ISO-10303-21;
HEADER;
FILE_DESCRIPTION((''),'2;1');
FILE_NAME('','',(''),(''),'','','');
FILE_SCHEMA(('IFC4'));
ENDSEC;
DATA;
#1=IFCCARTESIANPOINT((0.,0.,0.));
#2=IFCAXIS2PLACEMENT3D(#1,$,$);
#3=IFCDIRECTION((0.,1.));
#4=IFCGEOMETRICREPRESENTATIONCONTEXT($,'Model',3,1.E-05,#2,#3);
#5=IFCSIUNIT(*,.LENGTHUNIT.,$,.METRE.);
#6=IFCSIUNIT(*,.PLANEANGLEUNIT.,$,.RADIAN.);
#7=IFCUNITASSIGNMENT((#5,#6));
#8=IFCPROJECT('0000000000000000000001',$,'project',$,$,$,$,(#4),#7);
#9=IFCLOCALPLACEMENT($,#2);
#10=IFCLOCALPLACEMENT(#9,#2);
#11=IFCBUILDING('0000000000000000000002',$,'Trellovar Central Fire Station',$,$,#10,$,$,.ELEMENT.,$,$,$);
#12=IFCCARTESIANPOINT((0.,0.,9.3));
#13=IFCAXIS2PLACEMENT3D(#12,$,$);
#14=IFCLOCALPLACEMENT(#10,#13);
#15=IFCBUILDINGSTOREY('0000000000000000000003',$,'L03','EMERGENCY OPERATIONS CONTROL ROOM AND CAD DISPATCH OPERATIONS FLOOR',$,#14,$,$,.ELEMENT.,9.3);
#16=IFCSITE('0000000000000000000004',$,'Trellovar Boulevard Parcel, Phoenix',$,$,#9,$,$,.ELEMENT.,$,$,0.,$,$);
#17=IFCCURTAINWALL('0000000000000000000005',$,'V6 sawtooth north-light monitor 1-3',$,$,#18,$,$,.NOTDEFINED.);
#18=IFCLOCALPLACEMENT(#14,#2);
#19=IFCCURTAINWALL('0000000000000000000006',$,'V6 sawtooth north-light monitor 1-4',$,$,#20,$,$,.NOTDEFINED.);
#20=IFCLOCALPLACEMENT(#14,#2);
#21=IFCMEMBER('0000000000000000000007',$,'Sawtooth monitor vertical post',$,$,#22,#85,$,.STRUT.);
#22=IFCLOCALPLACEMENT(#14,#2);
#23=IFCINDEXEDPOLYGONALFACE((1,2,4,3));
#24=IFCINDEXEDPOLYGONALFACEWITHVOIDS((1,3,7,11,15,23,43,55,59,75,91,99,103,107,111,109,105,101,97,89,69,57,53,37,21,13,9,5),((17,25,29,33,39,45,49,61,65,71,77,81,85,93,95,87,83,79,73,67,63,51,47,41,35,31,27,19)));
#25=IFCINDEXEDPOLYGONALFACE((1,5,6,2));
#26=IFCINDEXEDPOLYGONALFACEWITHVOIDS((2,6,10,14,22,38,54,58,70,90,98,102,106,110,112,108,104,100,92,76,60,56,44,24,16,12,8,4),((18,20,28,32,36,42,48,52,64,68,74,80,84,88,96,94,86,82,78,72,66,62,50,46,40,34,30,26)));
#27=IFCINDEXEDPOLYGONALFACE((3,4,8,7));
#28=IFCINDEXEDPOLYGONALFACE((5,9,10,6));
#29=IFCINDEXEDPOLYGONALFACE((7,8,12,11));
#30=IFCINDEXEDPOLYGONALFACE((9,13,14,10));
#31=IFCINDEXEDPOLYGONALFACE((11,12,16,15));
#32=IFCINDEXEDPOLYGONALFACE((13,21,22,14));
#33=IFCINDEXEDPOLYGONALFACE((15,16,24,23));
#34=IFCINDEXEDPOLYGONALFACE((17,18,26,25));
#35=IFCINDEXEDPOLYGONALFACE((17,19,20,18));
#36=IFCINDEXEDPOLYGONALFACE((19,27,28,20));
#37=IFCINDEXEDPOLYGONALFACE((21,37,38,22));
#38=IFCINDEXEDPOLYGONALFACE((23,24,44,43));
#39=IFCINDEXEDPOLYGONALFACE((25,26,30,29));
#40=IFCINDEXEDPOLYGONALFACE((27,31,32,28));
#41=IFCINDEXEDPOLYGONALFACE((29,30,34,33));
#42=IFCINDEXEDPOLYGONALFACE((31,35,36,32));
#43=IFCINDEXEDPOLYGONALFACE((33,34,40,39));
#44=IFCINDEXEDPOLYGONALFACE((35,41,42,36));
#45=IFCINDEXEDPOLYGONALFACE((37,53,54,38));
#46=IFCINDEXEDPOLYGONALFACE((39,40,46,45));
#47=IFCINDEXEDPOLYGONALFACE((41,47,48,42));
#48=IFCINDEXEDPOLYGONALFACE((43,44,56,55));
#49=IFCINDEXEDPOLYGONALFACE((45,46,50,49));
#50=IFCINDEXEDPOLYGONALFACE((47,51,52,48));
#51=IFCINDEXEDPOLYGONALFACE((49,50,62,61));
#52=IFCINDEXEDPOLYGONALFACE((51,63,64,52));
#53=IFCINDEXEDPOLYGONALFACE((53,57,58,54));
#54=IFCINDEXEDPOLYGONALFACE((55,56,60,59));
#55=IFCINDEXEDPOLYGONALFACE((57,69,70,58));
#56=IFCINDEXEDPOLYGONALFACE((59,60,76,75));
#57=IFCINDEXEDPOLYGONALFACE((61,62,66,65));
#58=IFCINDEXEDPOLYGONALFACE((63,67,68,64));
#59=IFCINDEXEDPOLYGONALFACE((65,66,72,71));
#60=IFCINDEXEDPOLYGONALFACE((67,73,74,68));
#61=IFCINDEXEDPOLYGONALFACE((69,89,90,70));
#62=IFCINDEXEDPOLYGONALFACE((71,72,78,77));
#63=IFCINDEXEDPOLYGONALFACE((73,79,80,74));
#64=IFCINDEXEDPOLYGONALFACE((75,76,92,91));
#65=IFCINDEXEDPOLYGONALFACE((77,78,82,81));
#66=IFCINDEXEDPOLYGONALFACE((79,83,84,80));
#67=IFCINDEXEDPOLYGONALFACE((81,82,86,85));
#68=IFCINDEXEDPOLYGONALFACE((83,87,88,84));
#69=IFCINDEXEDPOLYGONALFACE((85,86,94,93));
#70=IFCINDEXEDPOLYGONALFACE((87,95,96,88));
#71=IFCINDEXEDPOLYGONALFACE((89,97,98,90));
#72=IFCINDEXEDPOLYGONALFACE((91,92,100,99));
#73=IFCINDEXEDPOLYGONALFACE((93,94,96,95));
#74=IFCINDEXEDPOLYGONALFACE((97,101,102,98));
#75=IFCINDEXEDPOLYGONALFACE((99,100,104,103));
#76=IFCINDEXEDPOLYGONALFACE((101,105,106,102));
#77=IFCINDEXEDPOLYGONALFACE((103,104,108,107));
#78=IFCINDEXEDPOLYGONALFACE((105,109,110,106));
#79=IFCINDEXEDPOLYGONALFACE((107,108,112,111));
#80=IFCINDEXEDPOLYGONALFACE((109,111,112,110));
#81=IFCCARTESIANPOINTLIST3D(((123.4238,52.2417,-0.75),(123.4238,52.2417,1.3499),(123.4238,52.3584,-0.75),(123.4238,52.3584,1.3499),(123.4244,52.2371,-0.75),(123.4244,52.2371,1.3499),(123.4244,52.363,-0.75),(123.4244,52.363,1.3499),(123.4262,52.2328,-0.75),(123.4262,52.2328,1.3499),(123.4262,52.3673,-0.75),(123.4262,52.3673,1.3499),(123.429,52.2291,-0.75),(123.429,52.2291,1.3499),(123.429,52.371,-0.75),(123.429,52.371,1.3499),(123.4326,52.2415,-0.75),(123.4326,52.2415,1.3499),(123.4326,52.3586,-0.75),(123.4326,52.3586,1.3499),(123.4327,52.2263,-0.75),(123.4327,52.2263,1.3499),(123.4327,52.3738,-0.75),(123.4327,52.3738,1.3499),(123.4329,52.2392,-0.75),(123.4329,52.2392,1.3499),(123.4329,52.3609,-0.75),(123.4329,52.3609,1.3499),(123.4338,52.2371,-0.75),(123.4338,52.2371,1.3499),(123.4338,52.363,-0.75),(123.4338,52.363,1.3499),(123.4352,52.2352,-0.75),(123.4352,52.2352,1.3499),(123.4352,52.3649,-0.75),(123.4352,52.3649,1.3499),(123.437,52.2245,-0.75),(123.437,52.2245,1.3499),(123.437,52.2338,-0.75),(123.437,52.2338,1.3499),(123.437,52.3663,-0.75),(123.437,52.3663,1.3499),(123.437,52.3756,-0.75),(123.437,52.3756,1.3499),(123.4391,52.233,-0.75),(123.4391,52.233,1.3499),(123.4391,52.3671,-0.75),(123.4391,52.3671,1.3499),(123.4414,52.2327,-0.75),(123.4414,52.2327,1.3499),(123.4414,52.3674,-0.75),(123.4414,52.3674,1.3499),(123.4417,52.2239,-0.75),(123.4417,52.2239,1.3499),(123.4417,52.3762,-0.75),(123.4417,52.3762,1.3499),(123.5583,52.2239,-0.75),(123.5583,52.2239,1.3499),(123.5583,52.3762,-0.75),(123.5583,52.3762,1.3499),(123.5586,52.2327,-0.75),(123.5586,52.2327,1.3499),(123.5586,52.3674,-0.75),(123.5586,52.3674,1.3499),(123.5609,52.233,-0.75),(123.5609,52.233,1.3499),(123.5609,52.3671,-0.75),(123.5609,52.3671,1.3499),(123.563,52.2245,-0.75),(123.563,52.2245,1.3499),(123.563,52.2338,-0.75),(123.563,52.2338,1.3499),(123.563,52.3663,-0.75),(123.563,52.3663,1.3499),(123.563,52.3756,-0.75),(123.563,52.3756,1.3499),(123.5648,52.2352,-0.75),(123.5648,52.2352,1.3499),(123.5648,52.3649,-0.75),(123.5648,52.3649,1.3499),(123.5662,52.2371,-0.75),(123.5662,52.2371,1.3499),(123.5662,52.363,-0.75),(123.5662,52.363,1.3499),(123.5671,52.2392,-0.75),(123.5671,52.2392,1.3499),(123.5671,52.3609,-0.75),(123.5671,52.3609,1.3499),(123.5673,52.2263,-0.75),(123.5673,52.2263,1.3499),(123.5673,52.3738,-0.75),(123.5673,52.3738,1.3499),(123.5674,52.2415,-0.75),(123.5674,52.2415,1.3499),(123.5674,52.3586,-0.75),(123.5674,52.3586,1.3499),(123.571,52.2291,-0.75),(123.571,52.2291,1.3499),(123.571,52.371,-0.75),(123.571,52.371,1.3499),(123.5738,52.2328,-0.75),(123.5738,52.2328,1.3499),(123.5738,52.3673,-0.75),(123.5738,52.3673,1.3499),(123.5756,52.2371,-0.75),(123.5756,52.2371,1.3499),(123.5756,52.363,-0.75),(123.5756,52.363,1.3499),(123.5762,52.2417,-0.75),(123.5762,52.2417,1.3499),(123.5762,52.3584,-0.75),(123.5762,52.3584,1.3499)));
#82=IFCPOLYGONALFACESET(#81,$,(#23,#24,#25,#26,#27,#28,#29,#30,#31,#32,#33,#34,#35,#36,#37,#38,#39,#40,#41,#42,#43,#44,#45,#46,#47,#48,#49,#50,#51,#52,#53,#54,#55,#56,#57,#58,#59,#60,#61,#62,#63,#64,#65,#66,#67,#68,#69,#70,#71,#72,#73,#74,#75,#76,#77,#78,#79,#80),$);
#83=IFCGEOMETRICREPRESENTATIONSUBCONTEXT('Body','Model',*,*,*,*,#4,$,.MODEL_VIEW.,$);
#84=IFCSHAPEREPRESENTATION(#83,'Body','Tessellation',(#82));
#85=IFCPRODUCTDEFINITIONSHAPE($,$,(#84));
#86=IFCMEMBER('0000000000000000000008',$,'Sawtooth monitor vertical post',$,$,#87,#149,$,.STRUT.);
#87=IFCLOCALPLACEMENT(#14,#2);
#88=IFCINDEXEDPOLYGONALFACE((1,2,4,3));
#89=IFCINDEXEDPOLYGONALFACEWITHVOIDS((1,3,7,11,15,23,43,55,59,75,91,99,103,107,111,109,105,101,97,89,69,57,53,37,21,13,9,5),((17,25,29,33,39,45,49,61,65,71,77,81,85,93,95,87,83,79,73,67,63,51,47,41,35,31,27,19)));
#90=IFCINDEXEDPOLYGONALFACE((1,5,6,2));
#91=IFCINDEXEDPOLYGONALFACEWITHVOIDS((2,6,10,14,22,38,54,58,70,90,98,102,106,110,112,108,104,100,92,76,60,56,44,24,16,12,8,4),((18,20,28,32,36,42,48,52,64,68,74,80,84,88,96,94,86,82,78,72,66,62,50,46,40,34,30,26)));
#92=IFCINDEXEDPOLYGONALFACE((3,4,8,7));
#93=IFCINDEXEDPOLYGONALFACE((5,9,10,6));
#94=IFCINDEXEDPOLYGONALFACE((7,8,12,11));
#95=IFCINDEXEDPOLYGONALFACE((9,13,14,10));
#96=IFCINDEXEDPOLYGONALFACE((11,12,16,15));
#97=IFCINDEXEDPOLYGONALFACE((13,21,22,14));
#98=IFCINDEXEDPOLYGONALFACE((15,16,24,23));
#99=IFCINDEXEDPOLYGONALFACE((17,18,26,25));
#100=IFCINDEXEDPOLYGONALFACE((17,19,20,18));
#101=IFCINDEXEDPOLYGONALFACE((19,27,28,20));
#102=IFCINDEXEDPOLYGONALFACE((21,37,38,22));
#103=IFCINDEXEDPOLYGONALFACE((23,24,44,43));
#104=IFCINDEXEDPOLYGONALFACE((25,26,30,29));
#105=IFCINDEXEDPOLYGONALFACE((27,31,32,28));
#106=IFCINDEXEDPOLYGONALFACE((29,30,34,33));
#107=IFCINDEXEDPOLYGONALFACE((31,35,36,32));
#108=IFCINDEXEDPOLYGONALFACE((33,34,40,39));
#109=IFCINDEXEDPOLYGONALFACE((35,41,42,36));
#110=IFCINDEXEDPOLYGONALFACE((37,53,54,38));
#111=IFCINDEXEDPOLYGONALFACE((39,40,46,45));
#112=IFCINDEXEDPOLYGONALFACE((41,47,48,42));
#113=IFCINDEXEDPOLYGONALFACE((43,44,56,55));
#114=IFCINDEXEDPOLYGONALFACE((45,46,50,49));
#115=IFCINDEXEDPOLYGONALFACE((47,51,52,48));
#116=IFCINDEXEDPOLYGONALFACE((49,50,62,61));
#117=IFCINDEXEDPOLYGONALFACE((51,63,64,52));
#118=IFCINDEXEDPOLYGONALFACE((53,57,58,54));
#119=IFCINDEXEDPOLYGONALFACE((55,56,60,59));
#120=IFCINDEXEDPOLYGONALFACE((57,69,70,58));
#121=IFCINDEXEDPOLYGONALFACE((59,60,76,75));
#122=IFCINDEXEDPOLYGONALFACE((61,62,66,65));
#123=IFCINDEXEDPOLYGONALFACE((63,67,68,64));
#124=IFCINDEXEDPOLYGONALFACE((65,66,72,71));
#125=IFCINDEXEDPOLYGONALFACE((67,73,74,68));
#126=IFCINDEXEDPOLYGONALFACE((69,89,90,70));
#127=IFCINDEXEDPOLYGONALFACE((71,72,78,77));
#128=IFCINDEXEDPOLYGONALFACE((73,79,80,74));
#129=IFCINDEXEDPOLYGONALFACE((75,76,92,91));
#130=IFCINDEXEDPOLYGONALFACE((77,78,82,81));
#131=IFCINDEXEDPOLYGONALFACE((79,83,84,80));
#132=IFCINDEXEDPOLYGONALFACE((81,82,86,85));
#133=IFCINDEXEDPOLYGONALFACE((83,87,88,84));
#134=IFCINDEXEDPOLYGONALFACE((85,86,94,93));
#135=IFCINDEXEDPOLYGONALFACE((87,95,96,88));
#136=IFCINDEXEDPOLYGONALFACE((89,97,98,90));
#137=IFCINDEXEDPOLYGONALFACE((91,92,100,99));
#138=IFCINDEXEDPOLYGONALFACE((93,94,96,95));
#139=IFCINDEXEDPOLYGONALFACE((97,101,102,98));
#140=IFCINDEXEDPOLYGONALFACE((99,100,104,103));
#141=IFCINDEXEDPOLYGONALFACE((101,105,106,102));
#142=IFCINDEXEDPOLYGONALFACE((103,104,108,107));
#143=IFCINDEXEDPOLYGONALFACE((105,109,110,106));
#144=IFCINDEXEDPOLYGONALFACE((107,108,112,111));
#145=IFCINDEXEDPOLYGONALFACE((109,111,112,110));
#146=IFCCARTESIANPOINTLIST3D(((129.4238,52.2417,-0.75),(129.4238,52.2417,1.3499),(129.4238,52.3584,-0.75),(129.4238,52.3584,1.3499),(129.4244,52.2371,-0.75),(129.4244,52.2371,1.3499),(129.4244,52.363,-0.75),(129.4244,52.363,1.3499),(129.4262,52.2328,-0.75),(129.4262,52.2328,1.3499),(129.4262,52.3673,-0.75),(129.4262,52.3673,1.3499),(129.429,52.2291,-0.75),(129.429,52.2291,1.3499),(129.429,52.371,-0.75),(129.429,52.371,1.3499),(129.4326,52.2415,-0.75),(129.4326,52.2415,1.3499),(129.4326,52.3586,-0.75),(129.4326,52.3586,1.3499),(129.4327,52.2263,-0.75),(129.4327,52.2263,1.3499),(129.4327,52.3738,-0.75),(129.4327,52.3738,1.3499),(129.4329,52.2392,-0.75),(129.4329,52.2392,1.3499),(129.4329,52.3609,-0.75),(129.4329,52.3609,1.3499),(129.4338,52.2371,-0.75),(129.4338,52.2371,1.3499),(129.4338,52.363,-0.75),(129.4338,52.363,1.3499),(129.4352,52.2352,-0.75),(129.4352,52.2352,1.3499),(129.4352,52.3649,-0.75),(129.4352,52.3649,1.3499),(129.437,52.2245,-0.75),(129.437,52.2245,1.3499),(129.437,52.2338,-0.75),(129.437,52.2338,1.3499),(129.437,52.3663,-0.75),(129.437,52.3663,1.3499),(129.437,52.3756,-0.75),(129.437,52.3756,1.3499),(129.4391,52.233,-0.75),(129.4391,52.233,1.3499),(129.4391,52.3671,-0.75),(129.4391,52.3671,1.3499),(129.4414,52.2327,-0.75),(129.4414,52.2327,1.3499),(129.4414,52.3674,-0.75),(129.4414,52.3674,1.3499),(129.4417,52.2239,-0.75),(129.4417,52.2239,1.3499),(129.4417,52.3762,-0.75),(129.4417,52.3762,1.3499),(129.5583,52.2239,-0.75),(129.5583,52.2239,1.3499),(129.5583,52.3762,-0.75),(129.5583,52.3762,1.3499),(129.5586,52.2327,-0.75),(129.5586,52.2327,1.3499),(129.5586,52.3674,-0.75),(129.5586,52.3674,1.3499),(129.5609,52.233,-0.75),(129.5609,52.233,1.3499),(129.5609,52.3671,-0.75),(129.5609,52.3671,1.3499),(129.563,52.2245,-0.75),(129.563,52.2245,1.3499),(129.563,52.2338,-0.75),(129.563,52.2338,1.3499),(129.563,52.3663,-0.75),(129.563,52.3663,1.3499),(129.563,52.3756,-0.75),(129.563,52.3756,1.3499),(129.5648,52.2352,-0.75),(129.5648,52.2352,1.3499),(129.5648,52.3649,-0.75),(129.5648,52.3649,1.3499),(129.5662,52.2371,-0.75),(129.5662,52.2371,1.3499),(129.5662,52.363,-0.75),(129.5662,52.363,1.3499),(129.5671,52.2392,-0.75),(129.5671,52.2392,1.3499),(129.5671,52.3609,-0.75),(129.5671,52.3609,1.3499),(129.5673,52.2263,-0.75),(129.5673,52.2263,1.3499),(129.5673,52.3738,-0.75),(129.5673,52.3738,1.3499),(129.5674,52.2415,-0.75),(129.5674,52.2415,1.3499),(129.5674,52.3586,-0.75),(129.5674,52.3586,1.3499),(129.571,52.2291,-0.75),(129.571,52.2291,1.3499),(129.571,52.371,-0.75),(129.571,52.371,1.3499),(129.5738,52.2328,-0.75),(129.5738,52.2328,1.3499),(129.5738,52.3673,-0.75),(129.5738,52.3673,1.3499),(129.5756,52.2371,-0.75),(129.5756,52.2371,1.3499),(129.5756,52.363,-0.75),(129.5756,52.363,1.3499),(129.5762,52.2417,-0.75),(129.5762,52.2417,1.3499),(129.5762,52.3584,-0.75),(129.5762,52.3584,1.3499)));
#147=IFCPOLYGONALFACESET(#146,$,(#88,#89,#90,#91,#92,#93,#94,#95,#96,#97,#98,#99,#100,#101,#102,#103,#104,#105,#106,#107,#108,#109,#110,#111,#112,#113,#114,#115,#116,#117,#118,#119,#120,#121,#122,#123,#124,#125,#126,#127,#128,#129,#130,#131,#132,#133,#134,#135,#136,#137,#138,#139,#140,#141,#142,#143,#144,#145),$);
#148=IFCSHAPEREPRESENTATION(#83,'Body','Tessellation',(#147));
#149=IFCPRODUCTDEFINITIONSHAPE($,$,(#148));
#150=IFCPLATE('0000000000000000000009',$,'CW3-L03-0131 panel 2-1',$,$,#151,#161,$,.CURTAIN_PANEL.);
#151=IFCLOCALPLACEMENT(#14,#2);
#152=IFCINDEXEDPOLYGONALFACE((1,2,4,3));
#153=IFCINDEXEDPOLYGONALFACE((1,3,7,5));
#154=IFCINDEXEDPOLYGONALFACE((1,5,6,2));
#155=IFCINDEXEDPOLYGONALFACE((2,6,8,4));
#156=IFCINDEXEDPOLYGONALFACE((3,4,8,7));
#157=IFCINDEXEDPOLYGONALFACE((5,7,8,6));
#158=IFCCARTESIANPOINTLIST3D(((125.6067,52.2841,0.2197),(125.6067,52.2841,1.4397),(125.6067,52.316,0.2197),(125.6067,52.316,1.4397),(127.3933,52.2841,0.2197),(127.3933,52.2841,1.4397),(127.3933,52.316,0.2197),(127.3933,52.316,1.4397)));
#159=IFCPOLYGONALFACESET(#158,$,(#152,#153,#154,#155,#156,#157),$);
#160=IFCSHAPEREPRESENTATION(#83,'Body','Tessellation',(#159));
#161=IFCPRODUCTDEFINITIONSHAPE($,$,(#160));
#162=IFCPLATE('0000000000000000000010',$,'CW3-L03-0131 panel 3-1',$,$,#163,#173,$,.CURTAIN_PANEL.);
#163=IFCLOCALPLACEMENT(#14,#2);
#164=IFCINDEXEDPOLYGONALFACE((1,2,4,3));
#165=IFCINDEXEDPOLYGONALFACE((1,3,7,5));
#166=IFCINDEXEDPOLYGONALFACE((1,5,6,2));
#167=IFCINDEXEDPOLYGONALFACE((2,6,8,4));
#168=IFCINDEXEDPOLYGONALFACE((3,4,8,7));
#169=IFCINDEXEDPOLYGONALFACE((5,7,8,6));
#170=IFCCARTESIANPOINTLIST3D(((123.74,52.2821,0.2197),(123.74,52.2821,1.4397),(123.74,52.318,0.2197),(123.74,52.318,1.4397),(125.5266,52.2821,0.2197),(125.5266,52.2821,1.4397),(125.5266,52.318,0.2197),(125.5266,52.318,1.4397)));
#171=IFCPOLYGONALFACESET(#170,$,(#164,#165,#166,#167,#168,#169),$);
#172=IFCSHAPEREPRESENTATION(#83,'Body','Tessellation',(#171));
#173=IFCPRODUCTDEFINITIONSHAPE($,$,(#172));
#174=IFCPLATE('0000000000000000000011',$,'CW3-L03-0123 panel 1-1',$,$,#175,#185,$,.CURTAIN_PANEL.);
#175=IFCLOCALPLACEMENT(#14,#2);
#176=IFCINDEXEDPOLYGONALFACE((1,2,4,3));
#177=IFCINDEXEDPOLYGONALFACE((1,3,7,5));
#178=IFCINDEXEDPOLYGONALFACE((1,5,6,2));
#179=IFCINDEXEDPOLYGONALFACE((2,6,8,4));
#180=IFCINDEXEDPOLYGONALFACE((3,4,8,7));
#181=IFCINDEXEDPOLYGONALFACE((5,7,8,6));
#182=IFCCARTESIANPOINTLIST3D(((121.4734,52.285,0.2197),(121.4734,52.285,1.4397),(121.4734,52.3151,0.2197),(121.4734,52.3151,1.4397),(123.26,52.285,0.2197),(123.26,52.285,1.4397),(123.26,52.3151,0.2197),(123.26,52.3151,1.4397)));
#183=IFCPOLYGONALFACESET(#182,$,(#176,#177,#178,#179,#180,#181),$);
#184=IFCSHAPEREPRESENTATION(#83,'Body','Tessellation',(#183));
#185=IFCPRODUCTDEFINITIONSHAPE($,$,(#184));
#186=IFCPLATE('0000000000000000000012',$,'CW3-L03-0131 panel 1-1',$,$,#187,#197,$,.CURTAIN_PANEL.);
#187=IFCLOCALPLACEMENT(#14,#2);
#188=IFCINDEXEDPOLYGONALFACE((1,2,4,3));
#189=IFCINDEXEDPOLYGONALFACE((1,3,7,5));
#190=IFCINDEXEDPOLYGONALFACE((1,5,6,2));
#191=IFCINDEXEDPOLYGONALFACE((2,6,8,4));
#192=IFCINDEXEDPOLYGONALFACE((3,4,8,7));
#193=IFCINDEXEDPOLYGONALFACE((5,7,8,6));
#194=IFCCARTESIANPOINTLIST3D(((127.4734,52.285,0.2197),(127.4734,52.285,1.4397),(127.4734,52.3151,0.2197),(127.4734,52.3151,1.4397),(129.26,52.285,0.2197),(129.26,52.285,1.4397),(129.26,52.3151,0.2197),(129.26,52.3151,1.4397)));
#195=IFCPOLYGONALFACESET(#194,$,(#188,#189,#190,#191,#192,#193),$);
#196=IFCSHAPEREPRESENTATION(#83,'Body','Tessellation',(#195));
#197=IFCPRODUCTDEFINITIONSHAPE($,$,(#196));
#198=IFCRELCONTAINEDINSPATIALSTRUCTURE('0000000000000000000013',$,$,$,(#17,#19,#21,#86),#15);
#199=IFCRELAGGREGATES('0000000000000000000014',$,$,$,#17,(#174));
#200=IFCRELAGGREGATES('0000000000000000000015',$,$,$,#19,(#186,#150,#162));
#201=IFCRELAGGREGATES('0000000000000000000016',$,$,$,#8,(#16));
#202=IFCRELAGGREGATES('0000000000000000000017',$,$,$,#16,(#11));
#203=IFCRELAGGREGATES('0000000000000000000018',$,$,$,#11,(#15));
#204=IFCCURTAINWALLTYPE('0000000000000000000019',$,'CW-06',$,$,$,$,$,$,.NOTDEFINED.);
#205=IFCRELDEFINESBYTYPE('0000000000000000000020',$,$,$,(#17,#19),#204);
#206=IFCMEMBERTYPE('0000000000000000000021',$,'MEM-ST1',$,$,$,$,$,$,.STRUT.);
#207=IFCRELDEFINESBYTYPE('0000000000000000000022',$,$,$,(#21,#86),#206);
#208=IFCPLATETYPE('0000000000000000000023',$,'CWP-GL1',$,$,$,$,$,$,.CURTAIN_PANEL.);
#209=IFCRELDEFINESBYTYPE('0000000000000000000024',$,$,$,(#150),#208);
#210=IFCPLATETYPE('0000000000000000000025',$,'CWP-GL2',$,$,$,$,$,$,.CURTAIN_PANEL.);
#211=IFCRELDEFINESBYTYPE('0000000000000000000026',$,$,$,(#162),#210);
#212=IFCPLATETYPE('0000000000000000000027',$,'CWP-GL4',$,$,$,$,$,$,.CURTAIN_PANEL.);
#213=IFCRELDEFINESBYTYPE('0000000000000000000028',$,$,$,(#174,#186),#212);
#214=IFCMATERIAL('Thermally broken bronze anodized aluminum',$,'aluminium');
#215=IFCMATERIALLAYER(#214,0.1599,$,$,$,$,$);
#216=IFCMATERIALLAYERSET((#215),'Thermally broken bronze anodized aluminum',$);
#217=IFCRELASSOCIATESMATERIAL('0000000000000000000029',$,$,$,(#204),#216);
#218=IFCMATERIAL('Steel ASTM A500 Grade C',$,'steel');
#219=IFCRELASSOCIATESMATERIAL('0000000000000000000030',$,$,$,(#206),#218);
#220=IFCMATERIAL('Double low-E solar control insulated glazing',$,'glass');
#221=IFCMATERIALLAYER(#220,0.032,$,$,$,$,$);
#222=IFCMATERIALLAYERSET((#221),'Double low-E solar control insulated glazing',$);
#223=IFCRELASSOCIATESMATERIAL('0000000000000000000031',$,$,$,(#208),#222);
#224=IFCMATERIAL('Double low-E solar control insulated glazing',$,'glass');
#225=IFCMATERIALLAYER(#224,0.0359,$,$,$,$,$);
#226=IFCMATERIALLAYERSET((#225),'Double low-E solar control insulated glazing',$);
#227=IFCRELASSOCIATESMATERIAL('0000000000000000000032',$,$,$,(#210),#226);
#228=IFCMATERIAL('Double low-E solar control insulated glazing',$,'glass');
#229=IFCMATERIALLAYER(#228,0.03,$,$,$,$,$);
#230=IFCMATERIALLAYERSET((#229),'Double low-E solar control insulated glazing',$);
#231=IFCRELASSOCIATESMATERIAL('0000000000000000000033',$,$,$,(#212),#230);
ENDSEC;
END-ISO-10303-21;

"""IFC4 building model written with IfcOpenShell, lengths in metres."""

from ifc_helpers import new_model, si_unit, direction, frame, origin, origin_2d, place, context, subcontext, project, spatial, rectangle, hollow_rectangle, extrude, material, layer, layer_set, material_profile, profile_set, type_object, element, aggregate, save


model = new_model("IFC4")

# Units and contexts
model_context = context("Model", 3, precision=1e-05, world=origin(), true_north=direction((0.0, 1.0)))
body_context = subcontext(model_context, "Body", "Model", "MODEL_VIEW")
ifc_project = project(units=[si_unit("LENGTHUNIT", "METRE"), si_unit("PLANEANGLEUNIT", "RADIAN")], contexts=[model_context])

# Site, building, storey
site_placement = place(None, origin())
site = spatial("IfcSite", under=ifc_project, at=site_placement, Name="Trellovar Boulevard Parcel, Phoenix", CompositionType="ELEMENT", RefElevation=0.0)
building_placement = place(site_placement, origin())
building = spatial("IfcBuilding", under=site, at=building_placement, Name="Trellovar Central Fire Station", CompositionType="ELEMENT")
storey_placement = place(building_placement, frame((0.0, 0.0, 9.3)))
storey = spatial("IfcBuildingStorey", under=building, at=storey_placement, Name="L03", Description="EMERGENCY OPERATIONS CONTROL ROOM AND CAD DISPATCH OPERATIONS FLOOR", CompositionType="ELEMENT", Elevation=9.3)

# Curtain wall
ifc_material_1 = material(Name="Thermally broken bronze anodized aluminum", Category="aluminium")
ifc_layer_1 = layer(ifc_material_1, 0.1599)
ifc_layer_set_1 = layer_set([ifc_layer_1], Name="Thermally broken bronze anodized aluminum")
curtain_wall_type = type_object("IfcCurtainWallType", Name="CW-06", PredefinedType="NOTDEFINED", material=ifc_layer_set_1)
curtain_wall_1_placement = place(storey_placement, origin())
curtain_wall_1 = element("IfcCurtainWall", 1, at=curtain_wall_1_placement, inside=storey, type_object=curtain_wall_type, Name="V6 sawtooth north-light monitor 1-3", PredefinedType="NOTDEFINED")

# Curtain wall
curtain_wall_2_placement = place(storey_placement, origin())
curtain_wall_2 = element("IfcCurtainWall", 2, at=curtain_wall_2_placement, inside=storey, type_object=curtain_wall_type, Name="V6 sawtooth north-light monitor 1-4", PredefinedType="NOTDEFINED")

# Members
ifc_material_2 = material(Name="Steel ASTM A500 Grade C", Category="steel")
ifc_material_profile_1 = material_profile(ifc_material_2, hollow_rectangle(XDim=0.1523, YDim=0.1523, WallThickness=0.0088, InnerFilletRadius=0.0088, OuterFilletRadius=0.0178, at=origin_2d()), Name="HSS6X6X3/8")
ifc_profile_set_1 = profile_set([ifc_material_profile_1], Name="Steel ASTM A500 Grade C")
member_type_1 = type_object("IfcMemberType", Name="MEM-ST1", PredefinedType="STRUT", material=ifc_profile_set_1)
for number, where, z_axis, x_axis, name in (
    (3, (123.5, 52.3, -0.75), (0.0, 0.0, 1.0), (1.0, 0.0, 0.0), "Sawtooth monitor vertical post"),
    (4, (129.5, 52.3, -0.75), (0.0, 0.0, 1.0), (1.0, 0.0, 0.0), "Sawtooth monitor vertical post"),
):
    element("IfcMember", number, at=place(storey_placement, frame(where, z_axis=z_axis, x_axis=x_axis)), inside=storey, type_object=member_type_1, Name=name, PredefinedType="STRUT", context=body_context, shape_type="SweptSolid", body=[
        extrude(hollow_rectangle(XDim=0.1523, YDim=0.1523, WallThickness=0.0088, InnerFilletRadius=0.0088, OuterFilletRadius=0.0178, at=origin_2d()), origin(), (0.0, 0.0, 1.0), 2.0999),
    ])

# Plates
ifc_material_3 = material(Name="Double low-E solar control insulated glazing", Category="glass")
ifc_layer_2 = layer(ifc_material_3, 0.032)
ifc_layer_set_2 = layer_set([ifc_layer_2], Name="Double low-E solar control insulated glazing")
plate_type_1 = type_object("IfcPlateType", Name="CWP-GL1", PredefinedType="CURTAIN_PANEL", material=ifc_layer_set_2)
plate_1_placement = place(storey_placement, frame((126.5, 52.3, 0.2197), z_axis=(0.0, 0.0, 1.0), x_axis=(-1.0, 0.0, 0.0)))
plate_1 = element("IfcPlate", 5, at=plate_1_placement, type_object=plate_type_1, Name="CW3-L03-0131 panel 2-1", PredefinedType="CURTAIN_PANEL", context=body_context, shape_type="SweptSolid", body=[
    extrude(rectangle(XDim=1.7866, YDim=0.032, at=origin_2d()), origin(), (0.0, 0.0, 1.0), 1.22),
])
ifc_material_4 = material(Name="Double low-E solar control insulated glazing", Category="glass")
ifc_layer_3 = layer(ifc_material_4, 0.0359)
ifc_layer_set_3 = layer_set([ifc_layer_3], Name="Double low-E solar control insulated glazing")
plate_type_2 = type_object("IfcPlateType", Name="CWP-GL2", PredefinedType="CURTAIN_PANEL", material=ifc_layer_set_3)
plate_2_placement = place(storey_placement, frame((124.6333, 52.3, 0.2197), z_axis=(0.0, 0.0, 1.0), x_axis=(-1.0, 0.0, 0.0)))
plate_2 = element("IfcPlate", 6, at=plate_2_placement, type_object=plate_type_2, Name="CW3-L03-0131 panel 3-1", PredefinedType="CURTAIN_PANEL", context=body_context, shape_type="SweptSolid", body=[
    extrude(rectangle(XDim=1.7866, YDim=0.0359, at=origin_2d()), origin(), (0.0, 0.0, 1.0), 1.22),
])
ifc_material_5 = material(Name="Double low-E solar control insulated glazing", Category="glass")
ifc_layer_4 = layer(ifc_material_5, 0.03)
ifc_layer_set_4 = layer_set([ifc_layer_4], Name="Double low-E solar control insulated glazing")
plate_type_3 = type_object("IfcPlateType", Name="CWP-GL4", PredefinedType="CURTAIN_PANEL", material=ifc_layer_set_4)
plate_3_placement = place(storey_placement, frame((122.3667, 52.3, 0.2197), z_axis=(0.0, 0.0, 1.0), x_axis=(-1.0, 0.0, 0.0)))
plate_3 = element("IfcPlate", 7, at=plate_3_placement, type_object=plate_type_3, Name="CW3-L03-0123 panel 1-1", PredefinedType="CURTAIN_PANEL", context=body_context, shape_type="SweptSolid", body=[
    extrude(rectangle(XDim=1.7866, YDim=0.03, at=origin_2d()), origin(), (0.0, 0.0, 1.0), 1.22),
])
aggregate(curtain_wall_1, [plate_3])
plate_4_placement = place(storey_placement, frame((128.3667, 52.3, 0.2197), z_axis=(0.0, 0.0, 1.0), x_axis=(-1.0, 0.0, 0.0)))
plate_4 = element("IfcPlate", 8, at=plate_4_placement, type_object=plate_type_3, Name="CW3-L03-0131 panel 1-1", PredefinedType="CURTAIN_PANEL", context=body_context, shape_type="SweptSolid", body=[
    extrude(rectangle(XDim=1.7866, YDim=0.03, at=origin_2d()), origin(), (0.0, 0.0, 1.0), 1.22),
])
aggregate(curtain_wall_2, [plate_4, plate_1, plate_2])

save(model, "model.ifc")
